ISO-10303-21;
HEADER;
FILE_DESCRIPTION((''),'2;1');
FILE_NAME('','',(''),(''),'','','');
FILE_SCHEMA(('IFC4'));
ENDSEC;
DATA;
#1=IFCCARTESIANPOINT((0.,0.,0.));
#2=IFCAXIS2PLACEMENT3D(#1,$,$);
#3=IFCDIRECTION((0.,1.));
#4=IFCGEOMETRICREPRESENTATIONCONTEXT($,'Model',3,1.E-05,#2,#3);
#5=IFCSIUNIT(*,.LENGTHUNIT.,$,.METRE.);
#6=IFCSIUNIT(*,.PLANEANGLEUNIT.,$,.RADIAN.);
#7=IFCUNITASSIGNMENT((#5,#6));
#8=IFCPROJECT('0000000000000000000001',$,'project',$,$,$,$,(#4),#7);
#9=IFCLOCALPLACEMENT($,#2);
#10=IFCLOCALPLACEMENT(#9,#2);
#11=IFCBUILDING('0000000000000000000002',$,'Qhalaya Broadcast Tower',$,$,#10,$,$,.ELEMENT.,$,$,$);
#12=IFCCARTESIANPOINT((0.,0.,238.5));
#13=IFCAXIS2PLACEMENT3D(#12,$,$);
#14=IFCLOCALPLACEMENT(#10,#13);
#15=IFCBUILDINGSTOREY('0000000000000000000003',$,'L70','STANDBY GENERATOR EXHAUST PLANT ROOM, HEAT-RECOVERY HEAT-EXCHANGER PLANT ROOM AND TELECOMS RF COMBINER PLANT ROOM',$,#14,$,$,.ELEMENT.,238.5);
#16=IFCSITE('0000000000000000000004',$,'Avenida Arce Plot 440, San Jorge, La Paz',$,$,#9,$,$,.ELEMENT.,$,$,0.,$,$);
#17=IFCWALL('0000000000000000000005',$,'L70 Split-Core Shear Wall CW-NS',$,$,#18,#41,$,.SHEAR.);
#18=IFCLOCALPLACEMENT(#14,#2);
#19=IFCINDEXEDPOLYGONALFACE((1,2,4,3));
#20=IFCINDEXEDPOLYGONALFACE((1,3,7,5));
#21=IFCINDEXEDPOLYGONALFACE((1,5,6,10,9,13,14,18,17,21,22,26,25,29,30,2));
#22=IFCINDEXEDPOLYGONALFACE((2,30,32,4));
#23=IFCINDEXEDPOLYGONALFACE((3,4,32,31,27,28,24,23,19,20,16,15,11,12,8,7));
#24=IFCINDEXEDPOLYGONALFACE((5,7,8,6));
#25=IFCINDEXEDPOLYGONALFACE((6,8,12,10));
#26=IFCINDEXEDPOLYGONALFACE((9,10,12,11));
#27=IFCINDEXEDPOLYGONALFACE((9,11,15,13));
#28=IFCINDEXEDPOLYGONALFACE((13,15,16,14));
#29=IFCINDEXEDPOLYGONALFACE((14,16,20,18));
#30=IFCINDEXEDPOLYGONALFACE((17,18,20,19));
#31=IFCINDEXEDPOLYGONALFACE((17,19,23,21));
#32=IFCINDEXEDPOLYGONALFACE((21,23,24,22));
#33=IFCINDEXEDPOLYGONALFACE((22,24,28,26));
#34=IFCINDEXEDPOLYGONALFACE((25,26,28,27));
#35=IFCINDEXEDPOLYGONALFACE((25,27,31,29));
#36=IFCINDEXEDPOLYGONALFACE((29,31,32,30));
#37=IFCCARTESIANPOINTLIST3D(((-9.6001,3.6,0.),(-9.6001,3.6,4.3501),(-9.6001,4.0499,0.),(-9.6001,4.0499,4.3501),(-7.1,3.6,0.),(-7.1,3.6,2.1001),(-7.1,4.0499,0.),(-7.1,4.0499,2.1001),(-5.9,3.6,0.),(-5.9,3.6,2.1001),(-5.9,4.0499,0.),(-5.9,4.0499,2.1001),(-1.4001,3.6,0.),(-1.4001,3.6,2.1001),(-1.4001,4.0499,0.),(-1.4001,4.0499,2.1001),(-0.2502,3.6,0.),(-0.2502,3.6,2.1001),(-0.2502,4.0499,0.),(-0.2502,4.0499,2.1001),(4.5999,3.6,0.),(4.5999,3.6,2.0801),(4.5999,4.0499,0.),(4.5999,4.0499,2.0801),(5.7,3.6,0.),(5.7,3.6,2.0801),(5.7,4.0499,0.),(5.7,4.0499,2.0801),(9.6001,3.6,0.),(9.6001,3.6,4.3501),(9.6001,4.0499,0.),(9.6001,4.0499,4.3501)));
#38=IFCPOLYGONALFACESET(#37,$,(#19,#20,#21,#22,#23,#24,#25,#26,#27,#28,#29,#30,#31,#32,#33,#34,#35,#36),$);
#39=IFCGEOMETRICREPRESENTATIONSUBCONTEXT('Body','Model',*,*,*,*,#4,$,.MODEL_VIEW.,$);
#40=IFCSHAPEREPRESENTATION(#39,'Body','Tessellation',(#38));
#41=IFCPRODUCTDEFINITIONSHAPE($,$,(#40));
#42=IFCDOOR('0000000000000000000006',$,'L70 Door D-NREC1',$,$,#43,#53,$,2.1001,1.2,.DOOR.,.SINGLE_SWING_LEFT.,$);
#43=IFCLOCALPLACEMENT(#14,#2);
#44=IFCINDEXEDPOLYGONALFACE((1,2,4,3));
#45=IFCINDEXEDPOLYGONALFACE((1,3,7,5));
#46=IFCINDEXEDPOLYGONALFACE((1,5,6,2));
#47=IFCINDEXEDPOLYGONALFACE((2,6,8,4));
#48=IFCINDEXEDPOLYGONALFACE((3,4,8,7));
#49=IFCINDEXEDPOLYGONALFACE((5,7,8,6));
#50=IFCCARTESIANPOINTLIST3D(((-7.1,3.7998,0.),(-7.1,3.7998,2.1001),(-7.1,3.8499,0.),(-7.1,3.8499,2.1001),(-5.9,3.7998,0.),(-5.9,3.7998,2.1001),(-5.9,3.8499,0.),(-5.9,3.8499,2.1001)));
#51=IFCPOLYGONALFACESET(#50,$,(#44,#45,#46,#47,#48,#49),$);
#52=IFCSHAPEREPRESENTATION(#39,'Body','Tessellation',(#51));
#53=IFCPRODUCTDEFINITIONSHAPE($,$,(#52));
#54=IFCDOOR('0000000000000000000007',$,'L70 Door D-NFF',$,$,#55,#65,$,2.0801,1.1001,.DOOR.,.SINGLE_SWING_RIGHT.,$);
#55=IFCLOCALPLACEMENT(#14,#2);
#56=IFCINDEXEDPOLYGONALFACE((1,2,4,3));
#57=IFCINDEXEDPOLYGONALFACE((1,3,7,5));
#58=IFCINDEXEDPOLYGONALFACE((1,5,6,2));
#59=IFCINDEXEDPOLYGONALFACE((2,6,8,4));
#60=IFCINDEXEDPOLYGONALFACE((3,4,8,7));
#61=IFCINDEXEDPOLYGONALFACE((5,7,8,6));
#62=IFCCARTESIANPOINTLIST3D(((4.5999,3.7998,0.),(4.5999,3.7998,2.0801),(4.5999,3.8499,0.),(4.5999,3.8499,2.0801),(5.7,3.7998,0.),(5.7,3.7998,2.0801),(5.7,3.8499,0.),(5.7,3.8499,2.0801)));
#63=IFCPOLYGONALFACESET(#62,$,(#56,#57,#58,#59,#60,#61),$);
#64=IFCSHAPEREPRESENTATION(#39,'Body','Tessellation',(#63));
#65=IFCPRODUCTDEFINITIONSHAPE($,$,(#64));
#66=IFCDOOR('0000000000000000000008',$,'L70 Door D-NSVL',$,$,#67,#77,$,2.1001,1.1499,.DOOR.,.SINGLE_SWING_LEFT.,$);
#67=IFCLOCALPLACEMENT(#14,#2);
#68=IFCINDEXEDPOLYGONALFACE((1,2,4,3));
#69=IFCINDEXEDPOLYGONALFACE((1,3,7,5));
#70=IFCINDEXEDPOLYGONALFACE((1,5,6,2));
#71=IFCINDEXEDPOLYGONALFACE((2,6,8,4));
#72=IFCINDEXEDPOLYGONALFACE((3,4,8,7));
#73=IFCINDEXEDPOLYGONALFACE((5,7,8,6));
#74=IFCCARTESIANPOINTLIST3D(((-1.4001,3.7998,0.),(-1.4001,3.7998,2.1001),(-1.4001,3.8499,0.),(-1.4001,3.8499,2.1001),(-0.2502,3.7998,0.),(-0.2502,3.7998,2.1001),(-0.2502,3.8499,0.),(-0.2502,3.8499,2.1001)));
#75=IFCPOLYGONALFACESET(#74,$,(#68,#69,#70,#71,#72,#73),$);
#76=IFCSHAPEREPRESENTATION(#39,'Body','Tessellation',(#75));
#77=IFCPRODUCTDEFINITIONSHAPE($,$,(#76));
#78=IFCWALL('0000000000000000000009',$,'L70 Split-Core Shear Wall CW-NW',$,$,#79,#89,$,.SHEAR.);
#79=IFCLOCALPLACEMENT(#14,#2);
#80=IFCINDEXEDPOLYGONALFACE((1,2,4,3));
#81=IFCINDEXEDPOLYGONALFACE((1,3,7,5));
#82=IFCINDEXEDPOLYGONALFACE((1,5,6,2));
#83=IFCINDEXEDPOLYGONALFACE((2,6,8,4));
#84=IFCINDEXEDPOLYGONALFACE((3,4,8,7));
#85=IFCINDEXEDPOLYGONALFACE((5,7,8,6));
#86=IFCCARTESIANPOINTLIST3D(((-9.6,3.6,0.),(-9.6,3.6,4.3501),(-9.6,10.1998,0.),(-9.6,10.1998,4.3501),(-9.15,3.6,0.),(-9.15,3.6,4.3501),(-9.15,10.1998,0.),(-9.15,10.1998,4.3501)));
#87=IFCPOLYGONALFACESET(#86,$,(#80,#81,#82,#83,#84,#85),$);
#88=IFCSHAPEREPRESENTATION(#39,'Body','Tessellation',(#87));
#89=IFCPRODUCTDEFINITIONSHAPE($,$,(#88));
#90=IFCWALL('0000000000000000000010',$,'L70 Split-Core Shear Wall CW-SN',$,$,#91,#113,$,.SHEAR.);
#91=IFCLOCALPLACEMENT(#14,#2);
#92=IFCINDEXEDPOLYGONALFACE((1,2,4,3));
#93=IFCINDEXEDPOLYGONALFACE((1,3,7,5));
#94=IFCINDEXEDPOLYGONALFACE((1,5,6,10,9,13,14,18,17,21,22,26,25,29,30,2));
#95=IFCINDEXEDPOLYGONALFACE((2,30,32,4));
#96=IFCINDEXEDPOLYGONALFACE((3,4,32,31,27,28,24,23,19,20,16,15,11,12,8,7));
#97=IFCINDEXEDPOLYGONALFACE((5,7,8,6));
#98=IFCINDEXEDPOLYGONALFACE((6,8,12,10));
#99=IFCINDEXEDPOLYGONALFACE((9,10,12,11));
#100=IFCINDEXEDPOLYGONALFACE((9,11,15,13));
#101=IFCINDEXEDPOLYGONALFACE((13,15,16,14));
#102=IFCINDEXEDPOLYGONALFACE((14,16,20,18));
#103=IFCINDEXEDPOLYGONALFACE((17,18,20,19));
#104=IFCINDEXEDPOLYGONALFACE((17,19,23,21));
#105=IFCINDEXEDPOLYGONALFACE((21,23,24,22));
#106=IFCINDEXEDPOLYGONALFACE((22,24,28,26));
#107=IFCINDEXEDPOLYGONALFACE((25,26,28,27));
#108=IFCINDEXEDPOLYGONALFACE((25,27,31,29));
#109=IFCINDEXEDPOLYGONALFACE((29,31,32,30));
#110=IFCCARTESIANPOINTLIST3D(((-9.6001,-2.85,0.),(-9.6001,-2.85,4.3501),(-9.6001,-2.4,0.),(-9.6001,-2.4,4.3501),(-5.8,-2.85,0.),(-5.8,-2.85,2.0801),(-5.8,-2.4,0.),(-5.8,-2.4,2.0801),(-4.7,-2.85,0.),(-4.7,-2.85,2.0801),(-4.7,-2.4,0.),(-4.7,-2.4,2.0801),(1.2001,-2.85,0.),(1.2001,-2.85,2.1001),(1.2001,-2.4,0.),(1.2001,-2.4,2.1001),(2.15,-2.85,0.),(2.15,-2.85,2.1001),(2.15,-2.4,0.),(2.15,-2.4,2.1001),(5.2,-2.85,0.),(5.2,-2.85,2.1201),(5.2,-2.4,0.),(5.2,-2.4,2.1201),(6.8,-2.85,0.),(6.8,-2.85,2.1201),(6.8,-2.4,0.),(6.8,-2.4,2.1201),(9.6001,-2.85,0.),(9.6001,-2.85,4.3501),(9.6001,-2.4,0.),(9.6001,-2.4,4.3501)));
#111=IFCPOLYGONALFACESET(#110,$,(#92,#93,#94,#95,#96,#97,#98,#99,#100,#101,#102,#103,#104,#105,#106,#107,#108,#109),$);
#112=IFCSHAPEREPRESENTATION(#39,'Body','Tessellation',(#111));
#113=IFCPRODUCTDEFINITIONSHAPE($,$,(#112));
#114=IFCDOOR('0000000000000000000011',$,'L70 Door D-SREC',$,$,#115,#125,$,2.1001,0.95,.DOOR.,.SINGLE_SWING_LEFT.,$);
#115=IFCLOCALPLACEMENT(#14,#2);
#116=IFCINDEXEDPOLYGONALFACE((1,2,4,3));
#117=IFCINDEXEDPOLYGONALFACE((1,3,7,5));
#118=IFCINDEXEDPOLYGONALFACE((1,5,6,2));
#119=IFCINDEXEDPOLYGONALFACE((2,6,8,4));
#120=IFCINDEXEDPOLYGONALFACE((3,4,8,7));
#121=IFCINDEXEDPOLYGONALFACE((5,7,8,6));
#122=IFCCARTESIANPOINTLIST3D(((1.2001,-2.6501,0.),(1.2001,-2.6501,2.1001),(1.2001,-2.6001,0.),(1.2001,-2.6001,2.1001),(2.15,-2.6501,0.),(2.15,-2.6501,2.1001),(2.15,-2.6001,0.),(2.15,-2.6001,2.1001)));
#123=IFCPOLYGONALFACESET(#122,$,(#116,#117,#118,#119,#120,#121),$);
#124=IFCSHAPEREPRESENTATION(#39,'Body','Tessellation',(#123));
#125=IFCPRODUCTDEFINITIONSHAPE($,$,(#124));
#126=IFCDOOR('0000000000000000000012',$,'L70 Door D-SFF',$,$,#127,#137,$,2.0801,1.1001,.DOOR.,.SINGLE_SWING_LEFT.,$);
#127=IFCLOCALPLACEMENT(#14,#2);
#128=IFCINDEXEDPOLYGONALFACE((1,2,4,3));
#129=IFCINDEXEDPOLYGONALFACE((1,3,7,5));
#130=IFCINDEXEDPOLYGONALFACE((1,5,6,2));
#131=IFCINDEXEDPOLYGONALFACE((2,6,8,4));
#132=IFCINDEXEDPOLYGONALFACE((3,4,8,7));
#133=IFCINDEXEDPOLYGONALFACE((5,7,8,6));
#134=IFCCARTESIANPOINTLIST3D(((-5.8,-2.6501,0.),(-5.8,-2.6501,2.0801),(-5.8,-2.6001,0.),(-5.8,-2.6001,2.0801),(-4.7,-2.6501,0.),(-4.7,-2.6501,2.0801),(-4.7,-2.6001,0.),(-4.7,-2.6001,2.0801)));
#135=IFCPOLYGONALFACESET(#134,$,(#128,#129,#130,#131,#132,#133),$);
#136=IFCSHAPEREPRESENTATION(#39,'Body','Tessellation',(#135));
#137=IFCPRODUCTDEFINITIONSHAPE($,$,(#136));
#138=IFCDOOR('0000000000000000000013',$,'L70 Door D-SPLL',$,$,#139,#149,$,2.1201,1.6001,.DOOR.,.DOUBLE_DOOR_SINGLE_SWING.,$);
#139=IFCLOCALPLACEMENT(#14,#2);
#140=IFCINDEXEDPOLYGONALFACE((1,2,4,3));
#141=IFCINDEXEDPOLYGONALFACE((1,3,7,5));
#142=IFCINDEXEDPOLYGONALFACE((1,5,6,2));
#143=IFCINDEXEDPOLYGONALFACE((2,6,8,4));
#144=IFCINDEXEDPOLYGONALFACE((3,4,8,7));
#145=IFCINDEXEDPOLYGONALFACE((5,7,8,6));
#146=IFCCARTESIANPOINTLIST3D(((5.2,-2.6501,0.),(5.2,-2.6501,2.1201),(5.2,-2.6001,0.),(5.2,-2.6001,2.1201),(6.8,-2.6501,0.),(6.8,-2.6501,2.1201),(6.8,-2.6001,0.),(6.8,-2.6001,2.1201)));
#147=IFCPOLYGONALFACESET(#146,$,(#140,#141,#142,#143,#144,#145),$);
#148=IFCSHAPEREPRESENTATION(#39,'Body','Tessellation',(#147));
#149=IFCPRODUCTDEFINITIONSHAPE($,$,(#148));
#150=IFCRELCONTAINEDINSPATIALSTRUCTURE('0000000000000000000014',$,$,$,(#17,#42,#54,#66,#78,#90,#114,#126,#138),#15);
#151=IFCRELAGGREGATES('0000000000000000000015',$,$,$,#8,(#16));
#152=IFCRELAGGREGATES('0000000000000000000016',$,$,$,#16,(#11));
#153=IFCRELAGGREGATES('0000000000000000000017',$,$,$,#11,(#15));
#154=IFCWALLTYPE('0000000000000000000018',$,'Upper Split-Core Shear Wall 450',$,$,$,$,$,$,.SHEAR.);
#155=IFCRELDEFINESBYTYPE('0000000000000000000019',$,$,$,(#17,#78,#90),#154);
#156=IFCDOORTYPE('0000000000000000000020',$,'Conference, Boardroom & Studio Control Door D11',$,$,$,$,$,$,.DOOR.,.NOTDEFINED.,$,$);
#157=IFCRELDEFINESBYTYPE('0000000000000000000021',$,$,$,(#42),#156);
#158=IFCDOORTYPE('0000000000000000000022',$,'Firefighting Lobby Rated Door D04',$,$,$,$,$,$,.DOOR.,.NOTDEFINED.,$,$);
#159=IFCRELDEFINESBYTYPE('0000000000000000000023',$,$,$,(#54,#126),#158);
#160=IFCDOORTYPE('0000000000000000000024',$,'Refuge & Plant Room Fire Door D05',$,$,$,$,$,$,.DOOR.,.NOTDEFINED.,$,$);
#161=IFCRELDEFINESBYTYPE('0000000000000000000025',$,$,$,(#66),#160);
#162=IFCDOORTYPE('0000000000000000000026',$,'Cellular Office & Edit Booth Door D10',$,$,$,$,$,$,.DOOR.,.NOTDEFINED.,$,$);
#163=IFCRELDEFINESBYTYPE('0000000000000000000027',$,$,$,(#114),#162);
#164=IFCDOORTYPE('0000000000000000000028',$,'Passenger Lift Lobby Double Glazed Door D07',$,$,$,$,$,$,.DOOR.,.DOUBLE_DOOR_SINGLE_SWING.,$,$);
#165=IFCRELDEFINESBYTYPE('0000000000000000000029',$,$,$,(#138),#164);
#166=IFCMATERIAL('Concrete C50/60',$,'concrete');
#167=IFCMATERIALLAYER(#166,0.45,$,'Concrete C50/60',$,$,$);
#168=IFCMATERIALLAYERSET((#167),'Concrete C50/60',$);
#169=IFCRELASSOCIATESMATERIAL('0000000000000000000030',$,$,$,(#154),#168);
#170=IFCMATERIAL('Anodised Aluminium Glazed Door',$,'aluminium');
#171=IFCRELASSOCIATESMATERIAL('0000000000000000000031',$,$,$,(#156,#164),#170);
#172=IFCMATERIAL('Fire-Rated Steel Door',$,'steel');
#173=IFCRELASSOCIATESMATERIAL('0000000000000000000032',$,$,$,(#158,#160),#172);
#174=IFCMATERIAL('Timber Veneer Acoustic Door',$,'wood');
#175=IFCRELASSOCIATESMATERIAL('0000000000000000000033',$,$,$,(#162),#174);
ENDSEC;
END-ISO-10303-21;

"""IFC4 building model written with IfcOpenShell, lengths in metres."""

from ifc_helpers import new_model, si_unit, direction, frame, frame_2d, origin, place, context, subcontext, project, spatial, rectangle, extrude, material, layer, layer_set, type_object, element, fill, save


model = new_model("IFC4")

# Units and contexts
model_context = context("Model", 3, precision=1e-05, world=origin(), true_north=direction((0.0, 1.0)))
body_context = subcontext(model_context, "Body", "Model", "MODEL_VIEW")
ifc_project = project(units=[si_unit("LENGTHUNIT", "METRE"), si_unit("PLANEANGLEUNIT", "RADIAN")], contexts=[model_context])

# Site, building, storey
site_placement = place(None, origin())
site = spatial("IfcSite", under=ifc_project, at=site_placement, Name="Avenida Arce Plot 440, San Jorge, La Paz", CompositionType="ELEMENT", RefElevation=0.0)
building_placement = place(site_placement, origin())
building = spatial("IfcBuilding", under=site, at=building_placement, Name="Qhalaya Broadcast Tower", CompositionType="ELEMENT")
storey_placement = place(building_placement, frame((0.0, 0.0, 238.5)))
storey = spatial("IfcBuildingStorey", under=building, at=storey_placement, Name="L70", Description="STANDBY GENERATOR EXHAUST PLANT ROOM, HEAT-RECOVERY HEAT-EXCHANGER PLANT ROOM AND TELECOMS RF COMBINER PLANT ROOM", CompositionType="ELEMENT", Elevation=238.5)

# Shared definitions
ifc_material_1 = material(Name="Concrete C50/60", Category="concrete")

# Shared definitions
ifc_material_2 = material(Name="Fire-Rated Steel Door", Category="steel")

# Wall, openings, doors
ifc_layer_1 = layer(ifc_material_1, 0.45, Name="Concrete C50/60")
ifc_layer_set_1 = layer_set([ifc_layer_1], Name="Concrete C50/60")
wall_type_1 = type_object("IfcWallType", Name="Upper Split-Core Shear Wall 450", PredefinedType="SHEAR", material=ifc_layer_set_1)
wall_1_placement = place(storey_placement, frame((-9.6001, 3.825, 0.0), z_axis=(0.0, 0.0, 1.0), x_axis=(1.0, 0.0, 0.0)))
wall_1 = element("IfcWall", 1, at=wall_1_placement, inside=storey, type_object=wall_type_1, Name="L70 Split-Core Shear Wall CW-NS", PredefinedType="SHEAR", context=body_context, shape_type="SweptSolid", body=[
    extrude(rectangle(XDim=19.2002, YDim=0.45, at=frame_2d((9.6001, 0.0))), origin(), (0.0, 0.0, 1.0), 4.3501),
])
opening_1_placement = place(wall_1_placement, frame((14.2, 0.0, 0.0)))
opening_1 = element("IfcOpeningElement", 2, at=opening_1_placement, cuts=wall_1, PredefinedType="OPENING", context=body_context, shape_type="SweptSolid", body=[
    extrude(rectangle(XDim=1.1001, YDim=2.0801, at=frame_2d((0.55, 1.04))), frame((0.0, 0.2371, 0.0), z_axis=(0.0, -1.0, 0.0), x_axis=(1.0, 0.0, 0.0)), (0.0, 0.0, 1.0), 0.4739),
])
opening_2_placement = place(wall_1_placement, frame((8.2, 0.0, 0.0)))
opening_2 = element("IfcOpeningElement", 3, at=opening_2_placement, cuts=wall_1, PredefinedType="OPENING", context=body_context, shape_type="SweptSolid", body=[
    extrude(rectangle(XDim=1.1499, YDim=2.1001, at=frame_2d((0.575, 1.05))), frame((0.0, 0.2371, 0.0), z_axis=(0.0, -1.0, 0.0), x_axis=(1.0, 0.0, 0.0)), (0.0, 0.0, 1.0), 0.4739),
])
opening_3_placement = place(wall_1_placement, frame((2.5, 0.0, 0.0)))
opening_3 = element("IfcOpeningElement", 4, at=opening_3_placement, cuts=wall_1, PredefinedType="OPENING", context=body_context, shape_type="SweptSolid", body=[
    extrude(rectangle(XDim=1.2, YDim=2.1001, at=frame_2d((0.6001, 1.05))), frame((0.0, 0.2371, 0.0), z_axis=(0.0, -1.0, 0.0), x_axis=(1.0, 0.0, 0.0)), (0.0, 0.0, 1.0), 0.4739),
])
ifc_material_3 = material(Name="Anodised Aluminium Glazed Door", Category="aluminium")
door_type_1 = type_object("IfcDoorType", Name="Conference, Boardroom & Studio Control Door D11", OperationType="NOTDEFINED", PredefinedType="DOOR", material=ifc_material_3)
door_1_placement = place(opening_3_placement, origin())
door_1 = element("IfcDoor", 5, at=door_1_placement, inside=storey, type_object=door_type_1, Name="L70 Door D-NREC1", OperationType="SINGLE_SWING_LEFT", OverallHeight=2.1001, OverallWidth=1.2, PredefinedType="DOOR", context=body_context, shape_type="SweptSolid", body=[
    extrude(rectangle(XDim=1.2, YDim=2.1001, at=frame_2d((0.6001, 1.05))), frame((0.0, 0.0249, 0.0), z_axis=(0.0, -1.0, 0.0), x_axis=(1.0, 0.0, 0.0)), (0.0, 0.0, 1.0), 0.05),
])
fill(opening_3, door_1)
door_type_2 = type_object("IfcDoorType", Name="Firefighting Lobby Rated Door D04", OperationType="NOTDEFINED", PredefinedType="DOOR", material=ifc_material_2)
door_2_placement = place(opening_1_placement, origin())
door_2 = element("IfcDoor", 6, at=door_2_placement, inside=storey, type_object=door_type_2, Name="L70 Door D-NFF", OperationType="SINGLE_SWING_RIGHT", OverallHeight=2.0801, OverallWidth=1.1001, PredefinedType="DOOR", context=body_context, shape_type="SweptSolid", body=[
    extrude(rectangle(XDim=1.1001, YDim=2.0801, at=frame_2d((0.55, 1.04))), frame((0.0, 0.0249, 0.0), z_axis=(0.0, -1.0, 0.0), x_axis=(1.0, 0.0, 0.0)), (0.0, 0.0, 1.0), 0.05),
])
fill(opening_1, door_2)
door_type_3 = type_object("IfcDoorType", Name="Refuge & Plant Room Fire Door D05", OperationType="NOTDEFINED", PredefinedType="DOOR", material=ifc_material_2)
door_3_placement = place(opening_2_placement, origin())
door_3 = element("IfcDoor", 7, at=door_3_placement, inside=storey, type_object=door_type_3, Name="L70 Door D-NSVL", OperationType="SINGLE_SWING_LEFT", OverallHeight=2.1001, OverallWidth=1.1499, PredefinedType="DOOR", context=body_context, shape_type="SweptSolid", body=[
    extrude(rectangle(XDim=1.1499, YDim=2.1001, at=frame_2d((0.575, 1.05))), frame((0.0, 0.0249, 0.0), z_axis=(0.0, -1.0, 0.0), x_axis=(1.0, 0.0, 0.0)), (0.0, 0.0, 1.0), 0.05),
])
fill(opening_2, door_3)

# Wall
wall_2_placement = place(storey_placement, frame((-9.375, 3.6001, 0.0), z_axis=(0.0, 0.0, 1.0), x_axis=(0.0, 1.0, 0.0)))
element("IfcWall", 8, at=wall_2_placement, inside=storey, type_object=wall_type_1, Name="L70 Split-Core Shear Wall CW-NW", PredefinedType="SHEAR", context=body_context, shape_type="SweptSolid", body=[
    extrude(rectangle(XDim=6.5999, YDim=0.45, at=frame_2d((3.2998, 0.0))), origin(), (0.0, 0.0, 1.0), 4.3501),
])

# Wall, openings, doors
wall_3_placement = place(storey_placement, frame((-9.6001, -2.625, 0.0), z_axis=(0.0, 0.0, 1.0), x_axis=(1.0, 0.0, 0.0)))
wall_3 = element("IfcWall", 9, at=wall_3_placement, inside=storey, type_object=wall_type_1, Name="L70 Split-Core Shear Wall CW-SN", PredefinedType="SHEAR", context=body_context, shape_type="SweptSolid", body=[
    extrude(rectangle(XDim=19.2002, YDim=0.45, at=frame_2d((9.6001, 0.0))), origin(), (0.0, 0.0, 1.0), 4.3501),
])
opening_4_placement = place(wall_3_placement, frame((3.8, 0.0, 0.0)))
opening_4 = element("IfcOpeningElement", 10, at=opening_4_placement, cuts=wall_3, PredefinedType="OPENING", context=body_context, shape_type="SweptSolid", body=[
    extrude(rectangle(XDim=1.1001, YDim=2.0801, at=frame_2d((0.55, 1.04))), frame((0.0, 0.2371, 0.0), z_axis=(0.0, -1.0, 0.0), x_axis=(1.0, 0.0, 0.0)), (0.0, 0.0, 1.0), 0.4739),
])
opening_5_placement = place(wall_3_placement, frame((10.8, 0.0, 0.0)))
opening_5 = element("IfcOpeningElement", 11, at=opening_5_placement, cuts=wall_3, PredefinedType="OPENING", context=body_context, shape_type="SweptSolid", body=[
    extrude(rectangle(XDim=0.95, YDim=2.1001, at=frame_2d((0.4751, 1.05))), frame((0.0, 0.2371, 0.0), z_axis=(0.0, -1.0, 0.0), x_axis=(1.0, 0.0, 0.0)), (0.0, 0.0, 1.0), 0.4739),
])
opening_6_placement = place(wall_3_placement, frame((14.8, 0.0, 0.0)))
opening_6 = element("IfcOpeningElement", 12, at=opening_6_placement, cuts=wall_3, PredefinedType="OPENING", context=body_context, shape_type="SweptSolid", body=[
    extrude(rectangle(XDim=1.6001, YDim=2.1201, at=frame_2d((0.8, 1.0601))), frame((0.0, 0.2371, 0.0), z_axis=(0.0, -1.0, 0.0), x_axis=(1.0, 0.0, 0.0)), (0.0, 0.0, 1.0), 0.4739),
])
ifc_material_4 = material(Name="Timber Veneer Acoustic Door", Category="wood")
door_type_4 = type_object("IfcDoorType", Name="Cellular Office & Edit Booth Door D10", OperationType="NOTDEFINED", PredefinedType="DOOR", material=ifc_material_4)
door_4_placement = place(opening_5_placement, origin())
door_4 = element("IfcDoor", 13, at=door_4_placement, inside=storey, type_object=door_type_4, Name="L70 Door D-SREC", OperationType="SINGLE_SWING_LEFT", OverallHeight=2.1001, OverallWidth=0.95, PredefinedType="DOOR", context=body_context, shape_type="SweptSolid", body=[
    extrude(rectangle(XDim=0.95, YDim=2.1001, at=frame_2d((0.4751, 1.05))), frame((0.0, 0.0249, 0.0), z_axis=(0.0, -1.0, 0.0), x_axis=(1.0, 0.0, 0.0)), (0.0, 0.0, 1.0), 0.05),
])
fill(opening_5, door_4)
door_5_placement = place(opening_4_placement, origin())
door_5 = element("IfcDoor", 14, at=door_5_placement, inside=storey, type_object=door_type_2, Name="L70 Door D-SFF", OperationType="SINGLE_SWING_LEFT", OverallHeight=2.0801, OverallWidth=1.1001, PredefinedType="DOOR", context=body_context, shape_type="SweptSolid", body=[
    extrude(rectangle(XDim=1.1001, YDim=2.0801, at=frame_2d((0.55, 1.04))), frame((0.0, 0.0249, 0.0), z_axis=(0.0, -1.0, 0.0), x_axis=(1.0, 0.0, 0.0)), (0.0, 0.0, 1.0), 0.05),
])
fill(opening_4, door_5)
door_type_5 = type_object("IfcDoorType", Name="Passenger Lift Lobby Double Glazed Door D07", OperationType="DOUBLE_DOOR_SINGLE_SWING", PredefinedType="DOOR", material=ifc_material_3)
door_6_placement = place(opening_6_placement, origin())
door_6 = element("IfcDoor", 15, at=door_6_placement, inside=storey, type_object=door_type_5, Name="L70 Door D-SPLL", OperationType="DOUBLE_DOOR_SINGLE_SWING", OverallHeight=2.1201, OverallWidth=1.6001, PredefinedType="DOOR", context=body_context, shape_type="SweptSolid", body=[
    extrude(rectangle(XDim=1.6001, YDim=2.1201, at=frame_2d((0.8, 1.0601))), frame((0.0, 0.0249, 0.0), z_axis=(0.0, -1.0, 0.0), x_axis=(1.0, 0.0, 0.0)), (0.0, 0.0, 1.0), 0.05),
])
fill(opening_6, door_6)

save(model, "model.ifc")
